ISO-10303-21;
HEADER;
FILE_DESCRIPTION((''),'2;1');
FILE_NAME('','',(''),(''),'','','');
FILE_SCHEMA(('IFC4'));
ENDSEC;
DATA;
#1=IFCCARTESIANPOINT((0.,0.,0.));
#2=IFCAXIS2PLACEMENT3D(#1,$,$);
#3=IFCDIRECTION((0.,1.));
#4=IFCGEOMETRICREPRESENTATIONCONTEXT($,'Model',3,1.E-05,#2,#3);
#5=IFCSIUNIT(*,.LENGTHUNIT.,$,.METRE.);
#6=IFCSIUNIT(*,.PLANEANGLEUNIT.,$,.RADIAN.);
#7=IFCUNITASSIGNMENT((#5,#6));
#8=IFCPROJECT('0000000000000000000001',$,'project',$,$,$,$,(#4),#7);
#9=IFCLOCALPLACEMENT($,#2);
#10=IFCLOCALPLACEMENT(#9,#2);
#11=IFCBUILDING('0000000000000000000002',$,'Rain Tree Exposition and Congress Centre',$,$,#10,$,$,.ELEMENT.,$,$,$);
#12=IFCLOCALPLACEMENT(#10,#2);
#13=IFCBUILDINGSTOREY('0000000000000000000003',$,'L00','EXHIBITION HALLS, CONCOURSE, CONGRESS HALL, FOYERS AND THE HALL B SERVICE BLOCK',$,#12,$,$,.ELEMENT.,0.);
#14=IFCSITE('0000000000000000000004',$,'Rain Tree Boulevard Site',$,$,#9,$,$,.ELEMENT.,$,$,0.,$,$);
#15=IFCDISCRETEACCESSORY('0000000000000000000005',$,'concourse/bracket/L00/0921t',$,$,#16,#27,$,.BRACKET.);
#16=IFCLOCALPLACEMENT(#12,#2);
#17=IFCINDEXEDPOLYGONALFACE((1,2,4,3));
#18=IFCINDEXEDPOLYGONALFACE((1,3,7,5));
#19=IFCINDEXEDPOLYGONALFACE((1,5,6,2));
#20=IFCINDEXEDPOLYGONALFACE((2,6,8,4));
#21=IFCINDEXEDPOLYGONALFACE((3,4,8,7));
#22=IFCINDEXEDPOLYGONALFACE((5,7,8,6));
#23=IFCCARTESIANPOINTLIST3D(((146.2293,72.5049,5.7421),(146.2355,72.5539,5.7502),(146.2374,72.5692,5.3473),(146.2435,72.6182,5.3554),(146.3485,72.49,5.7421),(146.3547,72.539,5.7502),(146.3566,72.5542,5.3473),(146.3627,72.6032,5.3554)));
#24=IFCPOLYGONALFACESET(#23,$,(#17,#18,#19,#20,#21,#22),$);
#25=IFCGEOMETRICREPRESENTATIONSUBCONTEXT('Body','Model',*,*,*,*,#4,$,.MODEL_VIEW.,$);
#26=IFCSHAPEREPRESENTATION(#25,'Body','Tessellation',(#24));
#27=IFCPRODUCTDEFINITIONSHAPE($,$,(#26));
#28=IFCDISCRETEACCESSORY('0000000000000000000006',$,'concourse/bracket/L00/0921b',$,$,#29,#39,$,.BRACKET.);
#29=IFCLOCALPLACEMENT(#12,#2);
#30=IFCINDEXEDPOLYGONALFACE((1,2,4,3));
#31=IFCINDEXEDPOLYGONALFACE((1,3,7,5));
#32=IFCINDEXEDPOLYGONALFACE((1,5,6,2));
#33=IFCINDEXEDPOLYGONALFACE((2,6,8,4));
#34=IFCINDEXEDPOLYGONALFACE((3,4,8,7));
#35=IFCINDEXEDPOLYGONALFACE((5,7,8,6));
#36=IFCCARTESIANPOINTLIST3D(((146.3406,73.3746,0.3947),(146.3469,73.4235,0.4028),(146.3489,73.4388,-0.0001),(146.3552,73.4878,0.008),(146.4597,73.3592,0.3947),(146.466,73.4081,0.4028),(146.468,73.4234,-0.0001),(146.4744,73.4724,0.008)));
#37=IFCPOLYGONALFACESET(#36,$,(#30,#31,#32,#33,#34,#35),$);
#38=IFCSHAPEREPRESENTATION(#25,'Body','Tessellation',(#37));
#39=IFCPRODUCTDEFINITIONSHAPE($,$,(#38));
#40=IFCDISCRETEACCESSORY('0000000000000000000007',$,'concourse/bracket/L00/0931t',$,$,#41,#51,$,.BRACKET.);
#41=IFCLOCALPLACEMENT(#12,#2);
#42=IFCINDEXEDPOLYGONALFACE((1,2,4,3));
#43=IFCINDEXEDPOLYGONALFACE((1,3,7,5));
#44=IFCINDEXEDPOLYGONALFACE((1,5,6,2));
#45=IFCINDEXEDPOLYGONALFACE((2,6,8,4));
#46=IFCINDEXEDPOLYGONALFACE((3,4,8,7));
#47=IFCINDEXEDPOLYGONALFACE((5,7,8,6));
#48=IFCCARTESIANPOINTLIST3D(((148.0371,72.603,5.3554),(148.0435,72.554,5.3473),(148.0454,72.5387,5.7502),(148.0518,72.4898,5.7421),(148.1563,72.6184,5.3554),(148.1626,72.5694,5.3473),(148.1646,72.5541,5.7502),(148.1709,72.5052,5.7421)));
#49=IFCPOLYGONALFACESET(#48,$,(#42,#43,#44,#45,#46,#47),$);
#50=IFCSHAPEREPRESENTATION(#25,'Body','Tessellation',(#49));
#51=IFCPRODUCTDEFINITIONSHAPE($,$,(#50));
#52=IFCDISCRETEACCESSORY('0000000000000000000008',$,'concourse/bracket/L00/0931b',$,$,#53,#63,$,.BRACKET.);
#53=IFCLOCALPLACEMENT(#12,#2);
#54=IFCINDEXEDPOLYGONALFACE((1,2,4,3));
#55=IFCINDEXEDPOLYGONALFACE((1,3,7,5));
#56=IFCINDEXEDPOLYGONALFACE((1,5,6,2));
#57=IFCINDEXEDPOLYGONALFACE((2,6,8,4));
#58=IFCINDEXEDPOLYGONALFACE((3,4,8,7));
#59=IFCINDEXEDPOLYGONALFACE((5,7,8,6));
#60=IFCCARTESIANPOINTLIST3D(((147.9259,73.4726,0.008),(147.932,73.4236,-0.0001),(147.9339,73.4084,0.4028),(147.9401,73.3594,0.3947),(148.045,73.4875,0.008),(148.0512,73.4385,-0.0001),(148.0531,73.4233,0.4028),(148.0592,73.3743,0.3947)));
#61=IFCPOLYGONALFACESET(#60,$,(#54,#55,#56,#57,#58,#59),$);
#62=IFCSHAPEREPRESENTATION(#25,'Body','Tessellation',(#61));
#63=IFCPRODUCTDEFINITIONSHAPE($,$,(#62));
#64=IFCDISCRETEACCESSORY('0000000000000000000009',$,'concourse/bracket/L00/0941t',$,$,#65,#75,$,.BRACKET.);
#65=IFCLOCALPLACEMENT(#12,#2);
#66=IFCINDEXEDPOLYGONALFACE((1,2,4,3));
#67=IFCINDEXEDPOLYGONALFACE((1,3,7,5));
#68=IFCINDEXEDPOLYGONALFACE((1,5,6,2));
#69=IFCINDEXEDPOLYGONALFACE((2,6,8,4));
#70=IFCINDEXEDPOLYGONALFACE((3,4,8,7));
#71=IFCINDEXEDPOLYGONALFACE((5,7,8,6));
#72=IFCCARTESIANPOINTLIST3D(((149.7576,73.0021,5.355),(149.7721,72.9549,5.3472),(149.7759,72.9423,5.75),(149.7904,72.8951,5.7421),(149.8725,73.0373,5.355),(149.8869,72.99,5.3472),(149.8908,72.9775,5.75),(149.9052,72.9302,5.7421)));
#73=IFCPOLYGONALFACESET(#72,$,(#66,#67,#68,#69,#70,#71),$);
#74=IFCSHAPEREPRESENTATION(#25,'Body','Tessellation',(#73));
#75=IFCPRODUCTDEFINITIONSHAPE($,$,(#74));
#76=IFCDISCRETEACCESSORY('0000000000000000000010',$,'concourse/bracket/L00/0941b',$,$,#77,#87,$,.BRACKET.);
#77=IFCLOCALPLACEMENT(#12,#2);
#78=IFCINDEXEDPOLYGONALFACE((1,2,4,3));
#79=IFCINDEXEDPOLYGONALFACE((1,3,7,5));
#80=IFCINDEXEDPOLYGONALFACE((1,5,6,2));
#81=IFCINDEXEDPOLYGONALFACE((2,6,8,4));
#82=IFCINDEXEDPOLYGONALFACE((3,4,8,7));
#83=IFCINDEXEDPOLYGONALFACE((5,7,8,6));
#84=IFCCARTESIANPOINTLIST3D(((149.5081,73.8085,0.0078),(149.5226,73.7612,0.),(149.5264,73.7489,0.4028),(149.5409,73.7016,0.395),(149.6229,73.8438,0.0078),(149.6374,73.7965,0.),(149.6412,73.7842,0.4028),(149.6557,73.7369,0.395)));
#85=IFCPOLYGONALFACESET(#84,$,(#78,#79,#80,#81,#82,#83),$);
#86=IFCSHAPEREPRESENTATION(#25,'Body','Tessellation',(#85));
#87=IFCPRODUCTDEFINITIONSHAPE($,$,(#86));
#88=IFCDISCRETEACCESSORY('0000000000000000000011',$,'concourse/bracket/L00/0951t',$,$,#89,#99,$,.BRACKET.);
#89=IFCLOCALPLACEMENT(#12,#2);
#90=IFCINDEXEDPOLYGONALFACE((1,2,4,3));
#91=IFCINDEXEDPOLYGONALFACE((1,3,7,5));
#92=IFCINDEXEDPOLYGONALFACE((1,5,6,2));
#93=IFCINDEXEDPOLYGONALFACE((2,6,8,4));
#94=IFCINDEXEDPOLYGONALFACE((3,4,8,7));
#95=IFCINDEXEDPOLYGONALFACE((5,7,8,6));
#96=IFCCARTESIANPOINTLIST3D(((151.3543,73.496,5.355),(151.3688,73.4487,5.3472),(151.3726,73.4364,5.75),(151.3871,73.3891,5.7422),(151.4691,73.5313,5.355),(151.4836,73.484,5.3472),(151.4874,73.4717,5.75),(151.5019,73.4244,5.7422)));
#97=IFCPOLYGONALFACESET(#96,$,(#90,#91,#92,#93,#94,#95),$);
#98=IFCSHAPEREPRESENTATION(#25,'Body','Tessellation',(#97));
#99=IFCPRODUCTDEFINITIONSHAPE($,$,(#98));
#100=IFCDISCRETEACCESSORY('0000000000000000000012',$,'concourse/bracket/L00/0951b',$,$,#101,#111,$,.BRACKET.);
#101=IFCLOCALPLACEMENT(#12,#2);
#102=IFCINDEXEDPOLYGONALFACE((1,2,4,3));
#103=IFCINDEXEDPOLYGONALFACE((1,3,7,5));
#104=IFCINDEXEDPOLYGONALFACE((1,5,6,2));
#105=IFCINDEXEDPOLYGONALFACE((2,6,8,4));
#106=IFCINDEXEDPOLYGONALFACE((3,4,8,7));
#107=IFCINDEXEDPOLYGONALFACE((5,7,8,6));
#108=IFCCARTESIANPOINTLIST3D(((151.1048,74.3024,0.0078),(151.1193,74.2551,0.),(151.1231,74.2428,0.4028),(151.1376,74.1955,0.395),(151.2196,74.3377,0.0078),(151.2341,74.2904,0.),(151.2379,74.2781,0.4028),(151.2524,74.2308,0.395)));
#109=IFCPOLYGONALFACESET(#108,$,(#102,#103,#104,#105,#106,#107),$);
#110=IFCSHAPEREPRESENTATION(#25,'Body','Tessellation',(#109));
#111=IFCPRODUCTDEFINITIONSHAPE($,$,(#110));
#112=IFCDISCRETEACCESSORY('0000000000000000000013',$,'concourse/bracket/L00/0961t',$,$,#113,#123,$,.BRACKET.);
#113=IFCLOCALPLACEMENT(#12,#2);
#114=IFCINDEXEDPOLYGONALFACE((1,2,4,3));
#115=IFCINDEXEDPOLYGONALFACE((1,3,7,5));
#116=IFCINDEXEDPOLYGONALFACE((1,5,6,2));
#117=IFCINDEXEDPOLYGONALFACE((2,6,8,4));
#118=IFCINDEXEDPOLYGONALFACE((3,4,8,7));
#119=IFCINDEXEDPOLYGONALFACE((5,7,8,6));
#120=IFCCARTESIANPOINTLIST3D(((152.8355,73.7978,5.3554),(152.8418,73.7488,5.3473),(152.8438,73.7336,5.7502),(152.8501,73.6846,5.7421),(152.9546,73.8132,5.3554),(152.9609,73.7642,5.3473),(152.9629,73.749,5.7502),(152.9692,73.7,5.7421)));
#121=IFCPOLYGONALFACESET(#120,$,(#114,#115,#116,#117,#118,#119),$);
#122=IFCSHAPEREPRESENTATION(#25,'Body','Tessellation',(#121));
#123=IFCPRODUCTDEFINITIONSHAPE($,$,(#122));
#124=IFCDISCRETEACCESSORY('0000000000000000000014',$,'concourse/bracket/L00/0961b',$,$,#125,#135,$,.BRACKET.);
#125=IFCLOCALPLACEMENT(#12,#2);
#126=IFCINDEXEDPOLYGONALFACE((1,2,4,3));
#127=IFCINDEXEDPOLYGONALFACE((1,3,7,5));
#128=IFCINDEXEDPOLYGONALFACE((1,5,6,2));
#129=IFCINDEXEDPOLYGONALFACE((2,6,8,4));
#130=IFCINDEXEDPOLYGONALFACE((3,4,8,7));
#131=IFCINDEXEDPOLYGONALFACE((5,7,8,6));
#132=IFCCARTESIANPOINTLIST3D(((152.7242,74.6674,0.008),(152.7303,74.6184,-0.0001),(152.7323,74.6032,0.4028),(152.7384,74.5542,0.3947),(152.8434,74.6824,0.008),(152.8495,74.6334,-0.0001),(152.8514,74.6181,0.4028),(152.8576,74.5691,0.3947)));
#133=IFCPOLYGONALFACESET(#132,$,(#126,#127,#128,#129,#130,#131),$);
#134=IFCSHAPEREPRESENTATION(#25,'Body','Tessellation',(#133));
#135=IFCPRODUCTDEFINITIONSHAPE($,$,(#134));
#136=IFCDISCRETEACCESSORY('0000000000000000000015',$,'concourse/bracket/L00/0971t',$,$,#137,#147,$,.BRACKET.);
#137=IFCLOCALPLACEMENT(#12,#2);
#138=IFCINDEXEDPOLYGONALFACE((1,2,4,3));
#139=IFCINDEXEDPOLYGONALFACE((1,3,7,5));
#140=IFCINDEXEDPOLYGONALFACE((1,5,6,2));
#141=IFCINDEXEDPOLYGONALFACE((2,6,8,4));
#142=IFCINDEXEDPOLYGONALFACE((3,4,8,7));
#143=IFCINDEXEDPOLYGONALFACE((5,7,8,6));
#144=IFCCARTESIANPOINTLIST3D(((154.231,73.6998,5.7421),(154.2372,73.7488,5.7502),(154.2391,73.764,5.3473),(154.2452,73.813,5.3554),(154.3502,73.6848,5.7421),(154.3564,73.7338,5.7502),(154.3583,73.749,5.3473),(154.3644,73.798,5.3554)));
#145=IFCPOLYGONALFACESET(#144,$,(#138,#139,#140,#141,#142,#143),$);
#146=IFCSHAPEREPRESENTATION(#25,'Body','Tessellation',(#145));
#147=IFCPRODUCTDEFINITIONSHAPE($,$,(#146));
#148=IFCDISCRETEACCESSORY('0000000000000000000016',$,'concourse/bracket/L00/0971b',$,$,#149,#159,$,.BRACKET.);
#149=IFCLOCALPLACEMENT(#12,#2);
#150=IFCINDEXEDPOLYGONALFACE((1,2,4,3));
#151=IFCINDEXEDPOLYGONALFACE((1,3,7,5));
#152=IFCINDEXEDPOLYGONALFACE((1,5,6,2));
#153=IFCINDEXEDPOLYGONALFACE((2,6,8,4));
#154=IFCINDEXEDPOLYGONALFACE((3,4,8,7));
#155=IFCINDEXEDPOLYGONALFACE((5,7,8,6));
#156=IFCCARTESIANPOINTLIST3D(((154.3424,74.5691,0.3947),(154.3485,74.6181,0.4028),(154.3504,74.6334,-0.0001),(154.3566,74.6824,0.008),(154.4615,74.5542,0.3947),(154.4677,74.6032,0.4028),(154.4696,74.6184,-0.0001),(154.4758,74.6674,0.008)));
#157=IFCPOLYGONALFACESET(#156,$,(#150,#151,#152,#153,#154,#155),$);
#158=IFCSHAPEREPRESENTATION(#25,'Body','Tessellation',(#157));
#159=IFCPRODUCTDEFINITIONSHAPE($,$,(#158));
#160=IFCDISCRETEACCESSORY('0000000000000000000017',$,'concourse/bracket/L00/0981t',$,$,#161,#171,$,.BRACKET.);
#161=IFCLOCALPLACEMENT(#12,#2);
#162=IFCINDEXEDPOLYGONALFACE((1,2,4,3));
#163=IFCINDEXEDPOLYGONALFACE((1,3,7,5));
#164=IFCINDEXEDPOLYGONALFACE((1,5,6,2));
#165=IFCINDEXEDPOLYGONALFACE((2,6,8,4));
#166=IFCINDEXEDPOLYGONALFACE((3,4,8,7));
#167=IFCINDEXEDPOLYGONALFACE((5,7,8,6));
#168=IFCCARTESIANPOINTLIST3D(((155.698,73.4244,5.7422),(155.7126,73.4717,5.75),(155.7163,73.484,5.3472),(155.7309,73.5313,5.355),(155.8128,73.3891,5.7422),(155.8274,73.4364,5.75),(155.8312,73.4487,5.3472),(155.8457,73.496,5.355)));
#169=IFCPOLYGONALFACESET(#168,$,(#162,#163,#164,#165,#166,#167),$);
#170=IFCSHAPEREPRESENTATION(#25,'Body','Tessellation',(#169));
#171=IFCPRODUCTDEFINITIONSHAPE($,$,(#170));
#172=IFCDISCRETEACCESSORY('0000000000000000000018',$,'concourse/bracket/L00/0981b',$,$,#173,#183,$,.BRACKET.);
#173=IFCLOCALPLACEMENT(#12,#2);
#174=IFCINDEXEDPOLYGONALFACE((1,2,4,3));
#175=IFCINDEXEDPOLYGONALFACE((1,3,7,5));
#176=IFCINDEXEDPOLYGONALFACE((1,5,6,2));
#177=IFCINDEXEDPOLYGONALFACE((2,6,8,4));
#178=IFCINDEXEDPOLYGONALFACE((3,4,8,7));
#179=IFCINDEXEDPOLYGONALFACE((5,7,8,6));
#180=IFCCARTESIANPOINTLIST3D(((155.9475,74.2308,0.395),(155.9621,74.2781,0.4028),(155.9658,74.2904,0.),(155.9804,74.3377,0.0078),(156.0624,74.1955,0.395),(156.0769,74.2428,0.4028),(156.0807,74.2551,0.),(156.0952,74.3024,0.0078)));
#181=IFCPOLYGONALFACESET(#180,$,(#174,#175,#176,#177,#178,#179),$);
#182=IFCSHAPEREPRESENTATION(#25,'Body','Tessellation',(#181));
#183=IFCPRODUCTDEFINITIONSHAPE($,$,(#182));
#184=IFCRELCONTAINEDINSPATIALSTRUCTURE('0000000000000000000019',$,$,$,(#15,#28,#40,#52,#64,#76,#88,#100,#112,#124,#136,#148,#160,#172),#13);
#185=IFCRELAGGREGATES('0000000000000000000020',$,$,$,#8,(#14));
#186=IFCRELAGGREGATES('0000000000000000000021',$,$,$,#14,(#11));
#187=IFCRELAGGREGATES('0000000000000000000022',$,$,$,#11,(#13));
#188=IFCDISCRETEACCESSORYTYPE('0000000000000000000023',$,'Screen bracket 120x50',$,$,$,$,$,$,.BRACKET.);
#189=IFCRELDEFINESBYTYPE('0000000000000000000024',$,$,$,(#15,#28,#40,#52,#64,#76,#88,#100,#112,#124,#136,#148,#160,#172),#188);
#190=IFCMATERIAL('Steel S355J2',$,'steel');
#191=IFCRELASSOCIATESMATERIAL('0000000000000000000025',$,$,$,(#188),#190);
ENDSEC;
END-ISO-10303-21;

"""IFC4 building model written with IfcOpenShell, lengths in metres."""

from ifc_helpers import new_model, si_unit, direction, frame, origin, origin_2d, place, context, subcontext, project, spatial, rectangle, extrude, material, material_profile, profile_set, type_object, element, save


model = new_model("IFC4")

# Units and contexts
model_context = context("Model", 3, precision=1e-05, world=origin(), true_north=direction((0.0, 1.0)))
body_context = subcontext(model_context, "Body", "Model", "MODEL_VIEW")
ifc_project = project(units=[si_unit("LENGTHUNIT", "METRE"), si_unit("PLANEANGLEUNIT", "RADIAN")], contexts=[model_context])

# Site, building, storey
site_placement = place(None, origin())
site = spatial("IfcSite", under=ifc_project, at=site_placement, Name="Rain Tree Boulevard Site", CompositionType="ELEMENT", RefElevation=0.0)
building_placement = place(site_placement, origin())
building = spatial("IfcBuilding", under=site, at=building_placement, Name="Rain Tree Exposition and Congress Centre", CompositionType="ELEMENT")
storey_placement = place(building_placement, origin())
storey = spatial("IfcBuildingStorey", under=building, at=storey_placement, Name="L00", Description="EXHIBITION HALLS, CONCOURSE, CONGRESS HALL, FOYERS AND THE HALL B SERVICE BLOCK", CompositionType="ELEMENT", Elevation=0.0)

# Discrete accessories
ifc_material_1 = material(Name="Steel S355J2", Category="steel")
ifc_material_profile_1 = material_profile(ifc_material_1, rectangle(XDim=0.1201, YDim=0.05, at=origin_2d()), Name="Flat bar 120x50")
ifc_profile_set_1 = profile_set([ifc_material_profile_1], Name="Steel S355J2")
discrete_accessory_type = type_object("IfcDiscreteAccessoryType", Name="Screen bracket 120x50", PredefinedType="BRACKET", material=ifc_profile_set_1)
for number, where, z_axis, x_axis, name in (
    (1, (146.3, 72.5862, 5.3513), (-0.020139, -0.160505, 0.98683), (0.99222, -0.124499, 0.0), "concourse/bracket/L00/0921t"),
    (2, (146.4116, 73.4556, 0.0039), (-0.020749, -0.160503, 0.986817), (0.991747, -0.128211, 0.0), "concourse/bracket/L00/0921b"),
    (3, (148.0999, 72.5862, 5.3513), (0.020749, -0.160503, 0.986817), (0.991747, 0.128211, 0.0), "concourse/bracket/L00/0931t"),
    (4, (147.9885, 73.4556, 0.0039), (0.020139, -0.160505, 0.98683), (0.99222, 0.124499, 0.0), "concourse/bracket/L00/0931b"),
):
    element("IfcDiscreteAccessory", number, at=place(storey_placement, frame(where, z_axis=z_axis, x_axis=x_axis)), inside=storey, type_object=discrete_accessory_type, Name=name, PredefinedType="BRACKET", context=body_context, shape_type="SweptSolid", body=[
        extrude(rectangle(XDim=0.1201, YDim=0.05, at=origin_2d()), origin(), (0.0, 0.0, 1.0), 0.4001),
    ])
for number, where, z_axis, x_axis, name in (
    (5, (149.8223, 72.9961, 5.3511), (0.045783, -0.149558, 0.987692), (0.9562, 0.292714, 0.0), "concourse/bracket/L00/0941t"),
    (6, (149.5728, 73.8025, 0.0039), (0.045787, -0.148961, 0.987782), (0.955864, 0.293811, 0.0), "concourse/bracket/L00/0941b"),
    (7, (151.4189, 73.49, 5.3511), (0.045787, -0.148961, 0.987782), (0.955864, 0.293811, 0.0), "concourse/bracket/L00/0951t"),
    (8, (151.1694, 74.2964, 0.0039), (0.045787, -0.148961, 0.987782), (0.955864, 0.293811, 0.0), "concourse/bracket/L00/0951b"),
):
    element("IfcDiscreteAccessory", number, at=place(storey_placement, frame(where, z_axis=z_axis, x_axis=x_axis)), inside=storey, type_object=discrete_accessory_type, Name=name, PredefinedType="BRACKET", context=body_context, shape_type="SweptSolid", body=[
        extrude(rectangle(XDim=0.1201, YDim=0.05, at=origin_2d()), origin(), (0.0, 0.0, 1.0), 0.3999),
    ])
for number, where, z_axis, x_axis, name in (
    (9, (152.8982, 73.781, 5.3513), (0.020749, -0.160503, 0.986817), (0.991747, 0.128211, 0.0), "concourse/bracket/L00/0961t"),
    (10, (152.7869, 74.6504, 0.0039), (0.020139, -0.160505, 0.98683), (0.99222, 0.124499, 0.0), "concourse/bracket/L00/0961b"),
    (11, (154.3018, 73.781, 5.3513), (-0.020139, -0.160505, 0.98683), (0.99222, -0.124499, 0.0), "concourse/bracket/L00/0971t"),
    (12, (154.4131, 74.6504, 0.0039), (-0.020139, -0.160505, 0.98683), (0.99222, -0.124499, 0.0), "concourse/bracket/L00/0971b"),
):
    element("IfcDiscreteAccessory", number, at=place(storey_placement, frame(where, z_axis=z_axis, x_axis=x_axis)), inside=storey, type_object=discrete_accessory_type, Name=name, PredefinedType="BRACKET", context=body_context, shape_type="SweptSolid", body=[
        extrude(rectangle(XDim=0.1201, YDim=0.05, at=origin_2d()), origin(), (0.0, 0.0, 1.0), 0.4001),
    ])
for number, where, z_axis, x_axis, name in (
    (13, (155.781, 73.49, 5.3511), (-0.045787, -0.148961, 0.987782), (0.955864, -0.293811, 0.0), "concourse/bracket/L00/0981t"),
    (14, (156.0305, 74.2964, 0.0039), (-0.045787, -0.148961, 0.987782), (0.955864, -0.293811, 0.0), "concourse/bracket/L00/0981b"),
):
    element("IfcDiscreteAccessory", number, at=place(storey_placement, frame(where, z_axis=z_axis, x_axis=x_axis)), inside=storey, type_object=discrete_accessory_type, Name=name, PredefinedType="BRACKET", context=body_context, shape_type="SweptSolid", body=[
        extrude(rectangle(XDim=0.1201, YDim=0.05, at=origin_2d()), origin(), (0.0, 0.0, 1.0), 0.3999),
    ])

save(model, "model.ifc")
